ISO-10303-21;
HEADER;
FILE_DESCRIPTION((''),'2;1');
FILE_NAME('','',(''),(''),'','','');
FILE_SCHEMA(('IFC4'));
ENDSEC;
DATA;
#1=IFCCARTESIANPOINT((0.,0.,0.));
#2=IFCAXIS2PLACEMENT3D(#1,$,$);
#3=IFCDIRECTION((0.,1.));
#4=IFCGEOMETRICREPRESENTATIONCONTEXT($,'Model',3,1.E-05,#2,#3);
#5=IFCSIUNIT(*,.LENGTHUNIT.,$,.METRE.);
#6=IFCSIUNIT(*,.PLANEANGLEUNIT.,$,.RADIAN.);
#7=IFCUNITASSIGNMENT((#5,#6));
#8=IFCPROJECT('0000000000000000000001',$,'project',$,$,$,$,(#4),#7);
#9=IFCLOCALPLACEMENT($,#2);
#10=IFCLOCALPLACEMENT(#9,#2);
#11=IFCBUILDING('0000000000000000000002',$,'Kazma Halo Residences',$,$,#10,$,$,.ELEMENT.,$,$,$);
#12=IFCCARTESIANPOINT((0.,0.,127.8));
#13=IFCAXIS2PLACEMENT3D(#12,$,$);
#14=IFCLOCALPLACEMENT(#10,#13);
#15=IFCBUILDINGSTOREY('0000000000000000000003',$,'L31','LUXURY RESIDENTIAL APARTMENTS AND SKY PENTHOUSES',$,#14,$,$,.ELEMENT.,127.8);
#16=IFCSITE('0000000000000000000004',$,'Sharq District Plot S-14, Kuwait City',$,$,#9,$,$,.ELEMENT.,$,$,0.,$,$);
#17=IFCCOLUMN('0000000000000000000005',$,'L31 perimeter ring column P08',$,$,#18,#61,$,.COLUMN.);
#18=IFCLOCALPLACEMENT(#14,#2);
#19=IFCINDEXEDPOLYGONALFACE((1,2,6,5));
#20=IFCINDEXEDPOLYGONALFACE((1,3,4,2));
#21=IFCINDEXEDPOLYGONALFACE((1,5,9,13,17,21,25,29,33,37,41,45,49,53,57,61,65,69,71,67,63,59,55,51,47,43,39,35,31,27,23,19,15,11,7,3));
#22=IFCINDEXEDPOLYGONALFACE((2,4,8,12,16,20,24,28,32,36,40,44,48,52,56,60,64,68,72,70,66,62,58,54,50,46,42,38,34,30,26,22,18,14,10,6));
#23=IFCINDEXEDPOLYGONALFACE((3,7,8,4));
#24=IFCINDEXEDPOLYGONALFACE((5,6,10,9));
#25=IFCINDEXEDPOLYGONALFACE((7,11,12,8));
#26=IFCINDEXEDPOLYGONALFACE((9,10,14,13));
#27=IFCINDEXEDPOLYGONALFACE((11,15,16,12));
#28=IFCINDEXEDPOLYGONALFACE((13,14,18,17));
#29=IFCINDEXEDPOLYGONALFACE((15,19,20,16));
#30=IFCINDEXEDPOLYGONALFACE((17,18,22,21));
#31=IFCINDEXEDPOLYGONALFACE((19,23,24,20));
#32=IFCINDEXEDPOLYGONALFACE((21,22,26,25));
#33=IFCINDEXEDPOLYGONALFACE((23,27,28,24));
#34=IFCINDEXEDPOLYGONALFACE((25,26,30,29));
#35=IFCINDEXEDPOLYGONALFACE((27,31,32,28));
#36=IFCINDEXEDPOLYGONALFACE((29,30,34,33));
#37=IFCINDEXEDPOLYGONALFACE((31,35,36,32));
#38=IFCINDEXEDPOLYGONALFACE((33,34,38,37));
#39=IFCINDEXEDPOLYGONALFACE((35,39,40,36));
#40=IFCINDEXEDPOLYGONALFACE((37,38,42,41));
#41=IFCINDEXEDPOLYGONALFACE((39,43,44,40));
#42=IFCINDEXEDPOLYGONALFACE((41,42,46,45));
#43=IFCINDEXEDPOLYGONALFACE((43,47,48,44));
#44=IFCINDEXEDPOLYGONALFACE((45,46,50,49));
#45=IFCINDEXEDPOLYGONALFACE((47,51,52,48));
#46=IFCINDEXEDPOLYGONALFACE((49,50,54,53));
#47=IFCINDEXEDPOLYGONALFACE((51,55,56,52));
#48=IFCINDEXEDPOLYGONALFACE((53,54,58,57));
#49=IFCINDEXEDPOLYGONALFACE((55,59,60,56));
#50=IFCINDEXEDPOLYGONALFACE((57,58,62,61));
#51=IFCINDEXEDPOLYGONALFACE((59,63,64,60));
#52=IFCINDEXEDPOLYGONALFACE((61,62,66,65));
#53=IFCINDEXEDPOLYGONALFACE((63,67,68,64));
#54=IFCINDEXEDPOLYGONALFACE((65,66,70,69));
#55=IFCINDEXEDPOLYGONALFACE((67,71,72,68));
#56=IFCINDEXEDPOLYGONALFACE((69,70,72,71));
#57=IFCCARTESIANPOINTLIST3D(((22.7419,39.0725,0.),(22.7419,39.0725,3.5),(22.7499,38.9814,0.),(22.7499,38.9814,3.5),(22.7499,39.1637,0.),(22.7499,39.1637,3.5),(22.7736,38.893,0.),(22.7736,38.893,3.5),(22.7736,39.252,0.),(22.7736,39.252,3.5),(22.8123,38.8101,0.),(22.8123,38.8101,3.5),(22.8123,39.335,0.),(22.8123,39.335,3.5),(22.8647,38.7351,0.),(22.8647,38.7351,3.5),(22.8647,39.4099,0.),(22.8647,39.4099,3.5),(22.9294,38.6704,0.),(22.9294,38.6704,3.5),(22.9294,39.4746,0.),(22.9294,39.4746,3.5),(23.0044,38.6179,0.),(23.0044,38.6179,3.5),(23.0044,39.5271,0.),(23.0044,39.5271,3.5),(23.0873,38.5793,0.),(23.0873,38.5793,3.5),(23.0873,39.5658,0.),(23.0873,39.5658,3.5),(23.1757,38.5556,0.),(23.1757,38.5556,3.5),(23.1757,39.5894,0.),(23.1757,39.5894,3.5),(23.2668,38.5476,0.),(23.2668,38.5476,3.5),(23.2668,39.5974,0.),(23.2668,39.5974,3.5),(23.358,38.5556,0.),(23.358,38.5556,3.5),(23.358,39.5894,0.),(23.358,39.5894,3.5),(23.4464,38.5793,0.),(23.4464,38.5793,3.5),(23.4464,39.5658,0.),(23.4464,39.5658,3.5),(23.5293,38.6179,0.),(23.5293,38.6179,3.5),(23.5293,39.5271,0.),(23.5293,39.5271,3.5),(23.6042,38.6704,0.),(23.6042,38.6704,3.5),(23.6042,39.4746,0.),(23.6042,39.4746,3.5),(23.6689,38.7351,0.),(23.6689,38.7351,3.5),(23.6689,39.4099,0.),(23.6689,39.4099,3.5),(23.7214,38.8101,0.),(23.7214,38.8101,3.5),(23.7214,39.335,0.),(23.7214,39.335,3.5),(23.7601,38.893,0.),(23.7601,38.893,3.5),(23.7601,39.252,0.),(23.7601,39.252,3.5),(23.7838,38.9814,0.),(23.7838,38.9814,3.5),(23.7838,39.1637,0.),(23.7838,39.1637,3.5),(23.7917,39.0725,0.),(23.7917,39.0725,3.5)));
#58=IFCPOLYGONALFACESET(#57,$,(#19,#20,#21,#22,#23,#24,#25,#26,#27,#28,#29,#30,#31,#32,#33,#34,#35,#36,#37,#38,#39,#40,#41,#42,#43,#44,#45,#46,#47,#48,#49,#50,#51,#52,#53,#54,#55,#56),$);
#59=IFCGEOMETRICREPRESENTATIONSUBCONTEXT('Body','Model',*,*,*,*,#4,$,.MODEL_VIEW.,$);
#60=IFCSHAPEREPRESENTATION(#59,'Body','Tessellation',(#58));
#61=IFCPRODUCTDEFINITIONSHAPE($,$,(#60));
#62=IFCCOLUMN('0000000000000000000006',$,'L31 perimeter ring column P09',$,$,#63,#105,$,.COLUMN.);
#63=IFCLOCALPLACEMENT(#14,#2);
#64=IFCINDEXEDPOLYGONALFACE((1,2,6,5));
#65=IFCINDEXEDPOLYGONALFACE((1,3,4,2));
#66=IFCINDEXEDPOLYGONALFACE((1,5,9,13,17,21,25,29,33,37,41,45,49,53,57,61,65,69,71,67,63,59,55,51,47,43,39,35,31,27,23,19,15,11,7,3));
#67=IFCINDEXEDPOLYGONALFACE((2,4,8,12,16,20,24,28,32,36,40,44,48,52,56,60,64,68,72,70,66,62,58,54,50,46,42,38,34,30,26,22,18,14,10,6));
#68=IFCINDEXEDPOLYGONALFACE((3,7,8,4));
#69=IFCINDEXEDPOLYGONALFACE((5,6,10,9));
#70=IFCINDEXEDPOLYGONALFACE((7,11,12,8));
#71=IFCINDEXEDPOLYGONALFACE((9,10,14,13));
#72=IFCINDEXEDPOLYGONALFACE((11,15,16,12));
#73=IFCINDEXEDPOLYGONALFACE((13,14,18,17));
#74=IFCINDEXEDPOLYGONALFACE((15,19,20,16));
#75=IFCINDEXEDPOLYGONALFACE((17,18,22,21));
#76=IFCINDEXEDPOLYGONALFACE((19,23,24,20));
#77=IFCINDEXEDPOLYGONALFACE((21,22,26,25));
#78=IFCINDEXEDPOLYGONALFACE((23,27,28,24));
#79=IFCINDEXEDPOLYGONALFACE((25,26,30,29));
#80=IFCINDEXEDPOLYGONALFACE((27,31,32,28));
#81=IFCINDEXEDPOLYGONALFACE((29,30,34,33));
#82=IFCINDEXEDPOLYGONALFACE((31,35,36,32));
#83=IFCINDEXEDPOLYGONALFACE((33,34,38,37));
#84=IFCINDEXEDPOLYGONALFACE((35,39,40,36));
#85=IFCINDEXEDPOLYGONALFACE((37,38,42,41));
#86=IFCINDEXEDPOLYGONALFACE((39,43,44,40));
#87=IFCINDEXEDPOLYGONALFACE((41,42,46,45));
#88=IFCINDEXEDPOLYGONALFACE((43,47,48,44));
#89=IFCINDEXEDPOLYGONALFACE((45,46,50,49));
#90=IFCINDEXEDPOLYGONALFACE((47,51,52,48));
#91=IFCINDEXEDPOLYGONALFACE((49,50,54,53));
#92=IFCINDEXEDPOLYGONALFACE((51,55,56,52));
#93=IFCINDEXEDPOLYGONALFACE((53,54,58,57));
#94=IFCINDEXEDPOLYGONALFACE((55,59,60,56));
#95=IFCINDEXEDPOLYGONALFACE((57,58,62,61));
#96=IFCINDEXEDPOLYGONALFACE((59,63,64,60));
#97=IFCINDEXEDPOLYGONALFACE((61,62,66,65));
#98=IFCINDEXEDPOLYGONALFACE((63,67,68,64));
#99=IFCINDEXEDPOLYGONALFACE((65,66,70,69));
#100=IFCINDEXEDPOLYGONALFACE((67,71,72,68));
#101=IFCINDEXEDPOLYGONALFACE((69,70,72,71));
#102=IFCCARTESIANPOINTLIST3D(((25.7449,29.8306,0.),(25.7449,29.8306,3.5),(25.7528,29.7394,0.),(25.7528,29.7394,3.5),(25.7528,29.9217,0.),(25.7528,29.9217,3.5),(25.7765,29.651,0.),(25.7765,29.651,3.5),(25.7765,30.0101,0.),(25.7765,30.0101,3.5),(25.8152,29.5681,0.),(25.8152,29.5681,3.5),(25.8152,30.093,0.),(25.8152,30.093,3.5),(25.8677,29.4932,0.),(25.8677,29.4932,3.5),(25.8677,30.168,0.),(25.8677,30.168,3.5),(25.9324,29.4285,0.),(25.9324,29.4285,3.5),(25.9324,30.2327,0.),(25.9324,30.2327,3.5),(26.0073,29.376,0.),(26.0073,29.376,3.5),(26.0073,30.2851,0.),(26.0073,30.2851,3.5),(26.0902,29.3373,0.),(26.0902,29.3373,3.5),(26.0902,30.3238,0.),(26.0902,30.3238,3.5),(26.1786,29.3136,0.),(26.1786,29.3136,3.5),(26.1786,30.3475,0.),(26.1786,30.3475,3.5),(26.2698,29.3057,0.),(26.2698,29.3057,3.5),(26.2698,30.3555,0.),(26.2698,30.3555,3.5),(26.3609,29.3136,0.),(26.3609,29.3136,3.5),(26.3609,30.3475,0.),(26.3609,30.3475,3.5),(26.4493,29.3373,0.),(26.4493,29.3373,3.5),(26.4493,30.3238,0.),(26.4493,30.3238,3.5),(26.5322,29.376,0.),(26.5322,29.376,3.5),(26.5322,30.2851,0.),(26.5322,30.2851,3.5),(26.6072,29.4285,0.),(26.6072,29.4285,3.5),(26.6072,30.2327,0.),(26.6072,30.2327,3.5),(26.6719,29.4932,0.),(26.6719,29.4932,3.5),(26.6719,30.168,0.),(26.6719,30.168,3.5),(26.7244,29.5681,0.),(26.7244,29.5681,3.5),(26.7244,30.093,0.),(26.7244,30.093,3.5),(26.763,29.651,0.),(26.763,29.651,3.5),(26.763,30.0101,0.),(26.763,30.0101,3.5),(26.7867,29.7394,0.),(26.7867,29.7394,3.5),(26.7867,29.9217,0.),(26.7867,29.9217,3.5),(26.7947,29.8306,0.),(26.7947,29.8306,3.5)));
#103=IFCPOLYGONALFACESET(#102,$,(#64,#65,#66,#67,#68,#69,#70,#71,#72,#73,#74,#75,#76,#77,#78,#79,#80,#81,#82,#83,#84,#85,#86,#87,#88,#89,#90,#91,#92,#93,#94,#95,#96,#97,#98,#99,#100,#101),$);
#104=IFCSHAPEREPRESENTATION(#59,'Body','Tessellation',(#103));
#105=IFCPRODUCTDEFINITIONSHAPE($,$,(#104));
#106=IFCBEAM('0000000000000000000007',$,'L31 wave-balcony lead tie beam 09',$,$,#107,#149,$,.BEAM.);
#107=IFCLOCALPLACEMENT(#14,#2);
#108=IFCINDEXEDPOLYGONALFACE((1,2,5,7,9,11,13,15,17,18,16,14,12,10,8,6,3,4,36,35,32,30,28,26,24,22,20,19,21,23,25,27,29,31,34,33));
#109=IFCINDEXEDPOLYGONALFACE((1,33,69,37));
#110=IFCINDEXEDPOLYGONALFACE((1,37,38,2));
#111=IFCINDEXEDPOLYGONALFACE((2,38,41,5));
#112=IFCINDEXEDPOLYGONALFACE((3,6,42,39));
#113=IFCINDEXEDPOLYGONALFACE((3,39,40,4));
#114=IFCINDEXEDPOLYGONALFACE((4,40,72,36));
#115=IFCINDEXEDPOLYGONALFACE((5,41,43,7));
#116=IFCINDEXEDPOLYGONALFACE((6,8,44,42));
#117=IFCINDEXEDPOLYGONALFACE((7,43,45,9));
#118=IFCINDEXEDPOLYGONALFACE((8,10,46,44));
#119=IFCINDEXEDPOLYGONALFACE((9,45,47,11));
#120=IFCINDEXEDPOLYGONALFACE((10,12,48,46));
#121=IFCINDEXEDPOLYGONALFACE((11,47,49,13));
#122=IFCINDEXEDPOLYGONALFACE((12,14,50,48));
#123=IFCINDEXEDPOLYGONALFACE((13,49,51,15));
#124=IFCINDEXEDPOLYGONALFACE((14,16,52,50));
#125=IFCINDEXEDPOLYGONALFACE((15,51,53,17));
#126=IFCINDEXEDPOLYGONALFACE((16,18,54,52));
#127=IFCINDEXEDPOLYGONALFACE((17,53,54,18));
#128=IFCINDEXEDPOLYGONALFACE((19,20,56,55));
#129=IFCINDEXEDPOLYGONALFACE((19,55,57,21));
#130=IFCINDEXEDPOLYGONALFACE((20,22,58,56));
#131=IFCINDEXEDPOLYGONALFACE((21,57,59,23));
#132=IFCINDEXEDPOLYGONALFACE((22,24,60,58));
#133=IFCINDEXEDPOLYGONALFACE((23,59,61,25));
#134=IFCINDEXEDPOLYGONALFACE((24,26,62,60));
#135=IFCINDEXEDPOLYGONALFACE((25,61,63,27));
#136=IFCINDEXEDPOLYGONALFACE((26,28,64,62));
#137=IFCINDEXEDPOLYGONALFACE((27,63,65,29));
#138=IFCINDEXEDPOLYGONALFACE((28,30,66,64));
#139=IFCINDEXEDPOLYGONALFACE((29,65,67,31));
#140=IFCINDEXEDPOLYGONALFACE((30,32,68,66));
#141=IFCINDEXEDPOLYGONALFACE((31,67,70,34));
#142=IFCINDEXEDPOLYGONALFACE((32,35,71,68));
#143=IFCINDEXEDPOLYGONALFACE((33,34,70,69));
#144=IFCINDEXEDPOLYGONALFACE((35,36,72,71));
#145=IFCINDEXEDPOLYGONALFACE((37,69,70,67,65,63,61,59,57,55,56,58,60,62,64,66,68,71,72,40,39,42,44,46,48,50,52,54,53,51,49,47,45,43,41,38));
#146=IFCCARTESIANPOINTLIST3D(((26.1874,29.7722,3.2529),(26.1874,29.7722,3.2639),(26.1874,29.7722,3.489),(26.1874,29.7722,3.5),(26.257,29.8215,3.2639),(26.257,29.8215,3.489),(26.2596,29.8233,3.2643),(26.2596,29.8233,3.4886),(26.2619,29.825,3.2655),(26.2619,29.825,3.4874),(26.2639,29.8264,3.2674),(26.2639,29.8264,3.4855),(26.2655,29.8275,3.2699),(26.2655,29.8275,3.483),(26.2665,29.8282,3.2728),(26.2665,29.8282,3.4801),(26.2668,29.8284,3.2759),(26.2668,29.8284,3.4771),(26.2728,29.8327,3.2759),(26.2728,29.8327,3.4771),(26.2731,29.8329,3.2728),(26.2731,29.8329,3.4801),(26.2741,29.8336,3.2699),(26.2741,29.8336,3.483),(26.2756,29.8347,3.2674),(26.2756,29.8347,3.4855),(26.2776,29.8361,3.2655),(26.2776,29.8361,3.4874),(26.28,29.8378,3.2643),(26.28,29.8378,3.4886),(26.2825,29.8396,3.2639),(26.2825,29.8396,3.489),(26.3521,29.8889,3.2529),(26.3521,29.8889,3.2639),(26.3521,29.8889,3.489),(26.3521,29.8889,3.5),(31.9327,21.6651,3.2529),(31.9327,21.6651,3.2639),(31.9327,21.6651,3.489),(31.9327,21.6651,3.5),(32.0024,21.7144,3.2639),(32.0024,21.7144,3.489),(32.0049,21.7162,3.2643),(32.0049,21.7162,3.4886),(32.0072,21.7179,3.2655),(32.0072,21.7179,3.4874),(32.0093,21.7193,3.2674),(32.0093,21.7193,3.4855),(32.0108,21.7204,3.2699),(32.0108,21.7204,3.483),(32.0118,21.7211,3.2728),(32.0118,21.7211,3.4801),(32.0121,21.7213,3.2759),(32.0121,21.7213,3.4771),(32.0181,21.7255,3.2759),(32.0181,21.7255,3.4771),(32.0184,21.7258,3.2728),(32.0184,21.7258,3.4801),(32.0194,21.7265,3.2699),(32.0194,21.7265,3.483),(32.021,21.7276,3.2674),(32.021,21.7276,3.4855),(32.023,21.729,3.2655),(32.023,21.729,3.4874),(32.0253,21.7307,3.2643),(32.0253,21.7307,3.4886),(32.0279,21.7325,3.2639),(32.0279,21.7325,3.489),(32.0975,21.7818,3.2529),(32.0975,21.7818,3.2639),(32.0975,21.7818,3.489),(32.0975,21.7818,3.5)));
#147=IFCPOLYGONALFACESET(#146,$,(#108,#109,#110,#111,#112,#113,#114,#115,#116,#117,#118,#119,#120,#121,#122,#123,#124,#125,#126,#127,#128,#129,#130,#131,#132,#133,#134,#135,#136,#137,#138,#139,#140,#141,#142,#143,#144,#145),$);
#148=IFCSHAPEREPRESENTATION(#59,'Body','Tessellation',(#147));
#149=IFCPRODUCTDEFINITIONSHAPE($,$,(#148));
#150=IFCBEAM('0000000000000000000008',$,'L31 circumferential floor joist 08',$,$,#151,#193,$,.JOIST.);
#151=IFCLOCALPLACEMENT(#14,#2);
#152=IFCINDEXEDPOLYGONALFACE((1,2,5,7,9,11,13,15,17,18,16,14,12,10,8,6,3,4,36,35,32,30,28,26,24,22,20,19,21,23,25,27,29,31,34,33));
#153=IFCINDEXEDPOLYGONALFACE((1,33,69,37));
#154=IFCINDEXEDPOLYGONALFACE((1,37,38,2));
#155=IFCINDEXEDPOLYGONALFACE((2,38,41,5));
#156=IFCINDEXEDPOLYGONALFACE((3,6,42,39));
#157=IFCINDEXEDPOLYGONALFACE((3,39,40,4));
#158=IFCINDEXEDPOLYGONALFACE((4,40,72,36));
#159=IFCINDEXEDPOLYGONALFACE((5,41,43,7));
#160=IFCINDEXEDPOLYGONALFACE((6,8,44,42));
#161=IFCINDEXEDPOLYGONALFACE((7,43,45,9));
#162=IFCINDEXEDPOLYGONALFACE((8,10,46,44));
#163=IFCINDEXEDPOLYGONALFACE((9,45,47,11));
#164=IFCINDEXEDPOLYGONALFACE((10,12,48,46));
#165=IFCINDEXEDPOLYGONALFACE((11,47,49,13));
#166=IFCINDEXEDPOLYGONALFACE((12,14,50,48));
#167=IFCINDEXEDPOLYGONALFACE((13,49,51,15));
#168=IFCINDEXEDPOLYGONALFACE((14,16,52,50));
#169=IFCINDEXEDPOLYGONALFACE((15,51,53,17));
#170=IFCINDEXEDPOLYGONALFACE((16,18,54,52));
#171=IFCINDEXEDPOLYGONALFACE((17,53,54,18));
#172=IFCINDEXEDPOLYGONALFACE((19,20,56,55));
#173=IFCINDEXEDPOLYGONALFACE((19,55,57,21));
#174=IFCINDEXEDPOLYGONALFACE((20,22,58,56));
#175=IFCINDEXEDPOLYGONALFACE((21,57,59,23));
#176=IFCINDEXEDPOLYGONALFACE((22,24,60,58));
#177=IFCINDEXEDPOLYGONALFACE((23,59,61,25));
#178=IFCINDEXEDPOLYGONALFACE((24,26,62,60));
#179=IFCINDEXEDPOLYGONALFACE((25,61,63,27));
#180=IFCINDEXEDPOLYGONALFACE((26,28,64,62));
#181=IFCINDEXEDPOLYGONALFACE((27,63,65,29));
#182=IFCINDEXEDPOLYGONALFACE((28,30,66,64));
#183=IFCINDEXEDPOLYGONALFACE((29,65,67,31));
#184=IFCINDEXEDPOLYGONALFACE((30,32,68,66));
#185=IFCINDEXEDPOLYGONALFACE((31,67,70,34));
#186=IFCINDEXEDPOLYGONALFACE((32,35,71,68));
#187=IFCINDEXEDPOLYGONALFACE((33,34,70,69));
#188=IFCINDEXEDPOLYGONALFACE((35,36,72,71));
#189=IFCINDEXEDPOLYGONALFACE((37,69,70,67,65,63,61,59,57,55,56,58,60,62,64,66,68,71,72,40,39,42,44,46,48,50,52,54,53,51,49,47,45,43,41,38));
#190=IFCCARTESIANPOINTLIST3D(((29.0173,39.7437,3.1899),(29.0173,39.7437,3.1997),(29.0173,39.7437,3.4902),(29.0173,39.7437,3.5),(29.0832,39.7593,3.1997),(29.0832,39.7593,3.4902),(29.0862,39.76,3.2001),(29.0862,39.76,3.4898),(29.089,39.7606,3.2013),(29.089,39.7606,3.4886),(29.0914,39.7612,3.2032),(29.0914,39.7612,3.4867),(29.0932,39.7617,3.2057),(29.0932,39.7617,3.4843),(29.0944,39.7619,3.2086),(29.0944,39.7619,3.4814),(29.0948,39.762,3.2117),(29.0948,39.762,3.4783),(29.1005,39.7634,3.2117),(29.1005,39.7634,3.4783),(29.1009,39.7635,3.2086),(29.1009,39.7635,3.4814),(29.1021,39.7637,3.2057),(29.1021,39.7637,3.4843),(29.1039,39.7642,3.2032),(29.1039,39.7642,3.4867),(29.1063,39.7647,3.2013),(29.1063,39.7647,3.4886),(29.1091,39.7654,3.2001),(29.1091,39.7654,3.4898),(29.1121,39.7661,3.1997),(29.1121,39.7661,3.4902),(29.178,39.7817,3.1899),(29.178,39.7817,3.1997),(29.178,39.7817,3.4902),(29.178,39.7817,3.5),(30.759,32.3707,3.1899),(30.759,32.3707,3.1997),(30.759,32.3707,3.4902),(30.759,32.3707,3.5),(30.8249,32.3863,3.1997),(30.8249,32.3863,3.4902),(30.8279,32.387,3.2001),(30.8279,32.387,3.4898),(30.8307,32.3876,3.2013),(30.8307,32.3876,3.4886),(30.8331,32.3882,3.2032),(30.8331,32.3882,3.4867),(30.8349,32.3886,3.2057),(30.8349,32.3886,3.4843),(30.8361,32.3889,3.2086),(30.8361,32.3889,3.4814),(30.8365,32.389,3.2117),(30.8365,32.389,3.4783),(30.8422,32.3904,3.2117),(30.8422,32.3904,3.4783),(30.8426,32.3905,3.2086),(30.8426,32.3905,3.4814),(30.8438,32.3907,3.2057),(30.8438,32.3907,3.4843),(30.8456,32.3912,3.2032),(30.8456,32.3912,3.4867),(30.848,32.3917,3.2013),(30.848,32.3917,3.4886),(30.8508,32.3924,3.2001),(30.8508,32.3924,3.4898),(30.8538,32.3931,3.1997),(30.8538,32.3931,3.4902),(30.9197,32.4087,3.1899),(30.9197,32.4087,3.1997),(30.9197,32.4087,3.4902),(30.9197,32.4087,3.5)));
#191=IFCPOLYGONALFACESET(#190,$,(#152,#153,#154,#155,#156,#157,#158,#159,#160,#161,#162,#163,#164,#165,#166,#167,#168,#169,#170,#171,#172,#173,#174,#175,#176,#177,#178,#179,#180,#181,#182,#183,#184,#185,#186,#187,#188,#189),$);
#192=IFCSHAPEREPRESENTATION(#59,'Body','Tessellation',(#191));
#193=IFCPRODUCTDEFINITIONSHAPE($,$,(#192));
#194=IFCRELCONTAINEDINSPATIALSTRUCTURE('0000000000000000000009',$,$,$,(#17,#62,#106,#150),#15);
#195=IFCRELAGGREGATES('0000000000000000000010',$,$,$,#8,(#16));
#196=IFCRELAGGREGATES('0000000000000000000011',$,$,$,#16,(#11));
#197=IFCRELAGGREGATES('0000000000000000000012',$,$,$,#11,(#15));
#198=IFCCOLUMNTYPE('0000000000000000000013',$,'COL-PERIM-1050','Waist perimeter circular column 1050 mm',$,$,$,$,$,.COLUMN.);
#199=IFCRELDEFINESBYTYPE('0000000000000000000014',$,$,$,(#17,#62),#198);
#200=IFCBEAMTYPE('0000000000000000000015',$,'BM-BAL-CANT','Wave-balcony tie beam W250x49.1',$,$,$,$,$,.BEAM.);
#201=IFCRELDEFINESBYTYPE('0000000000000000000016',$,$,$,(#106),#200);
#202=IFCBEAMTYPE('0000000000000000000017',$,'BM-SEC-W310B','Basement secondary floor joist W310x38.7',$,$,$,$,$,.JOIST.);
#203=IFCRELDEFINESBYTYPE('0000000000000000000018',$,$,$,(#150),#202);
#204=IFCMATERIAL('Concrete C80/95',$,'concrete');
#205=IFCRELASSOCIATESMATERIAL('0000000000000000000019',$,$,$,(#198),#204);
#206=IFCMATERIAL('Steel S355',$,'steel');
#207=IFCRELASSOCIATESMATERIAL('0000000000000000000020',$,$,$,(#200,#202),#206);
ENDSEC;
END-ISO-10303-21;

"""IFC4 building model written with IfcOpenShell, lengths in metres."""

from ifc_helpers import new_model, si_unit, direction, frame, origin, origin_2d, place, context, subcontext, project, spatial, circle, i_section, extrude, material, material_profile, profile_set, type_object, element, save


model = new_model("IFC4")

# Units and contexts
model_context = context("Model", 3, precision=1e-05, world=origin(), true_north=direction((0.0, 1.0)))
body_context = subcontext(model_context, "Body", "Model", "MODEL_VIEW")
ifc_project = project(units=[si_unit("LENGTHUNIT", "METRE"), si_unit("PLANEANGLEUNIT", "RADIAN")], contexts=[model_context])

# Site, building, storey
site_placement = place(None, origin())
site = spatial("IfcSite", under=ifc_project, at=site_placement, Name="Sharq District Plot S-14, Kuwait City", CompositionType="ELEMENT", RefElevation=0.0)
building_placement = place(site_placement, origin())
building = spatial("IfcBuilding", under=site, at=building_placement, Name="Kazma Halo Residences", CompositionType="ELEMENT")
storey_placement = place(building_placement, frame((0.0, 0.0, 127.8)))
storey = spatial("IfcBuildingStorey", under=building, at=storey_placement, Name="L31", Description="LUXURY RESIDENTIAL APARTMENTS AND SKY PENTHOUSES", CompositionType="ELEMENT", Elevation=127.8)

# Columns
ifc_material_1 = material(Name="Concrete C80/95", Category="concrete")
ifc_material_profile_1 = material_profile(ifc_material_1, circle(Radius=0.5249, at=origin_2d()), Name="CIRC1050")
ifc_profile_set_1 = profile_set([ifc_material_profile_1], Name="Concrete C80/95")
column_type = type_object("IfcColumnType", Name="COL-PERIM-1050", Description="Waist perimeter circular column 1050 mm", PredefinedType="COLUMN", material=ifc_profile_set_1)
for number, where, z_axis, x_axis, name in (
    (1, (23.2668, 39.0725, 0.0), (0.0, 0.0, 1.0), (1.0, 0.0, 0.0), "L31 perimeter ring column P08"),
    (2, (26.2698, 29.8306, 0.0), (0.0, 0.0, 1.0), (1.0, 0.0, 0.0), "L31 perimeter ring column P09"),
):
    element("IfcColumn", number, at=place(storey_placement, frame(where, z_axis=z_axis, x_axis=x_axis)), inside=storey, type_object=column_type, Name=name, PredefinedType="COLUMN", context=body_context, shape_type="SweptSolid", body=[
        extrude(circle(Radius=0.5249, at=origin_2d()), origin(), (0.0, 0.0, 1.0), 3.5),
    ])

# Beams
ifc_material_2 = material(Name="Steel S355", Category="steel")
ifc_material_profile_2 = material_profile(ifc_material_2, i_section(OverallWidth=0.2019, OverallDepth=0.2471, WebThickness=0.0073, FlangeThickness=0.011, FilletRadius=0.012, at=origin_2d()), Name="W250x49.1")
ifc_profile_set_2 = profile_set([ifc_material_profile_2], Name="Steel S355")
beam_type_1 = type_object("IfcBeamType", Name="BM-BAL-CANT", Description="Wave-balcony tie beam W250x49.1", PredefinedType="BEAM", material=ifc_profile_set_2)
beam_1_placement = place(storey_placement, frame((26.2698, 29.8306, 3.3765), z_axis=(0.578203, -0.815893, 0.0), x_axis=(0.815893, 0.578203, 0.0)))
element("IfcBeam", 3, at=beam_1_placement, inside=storey, type_object=beam_type_1, Name="L31 wave-balcony lead tie beam 09", PredefinedType="BEAM", context=body_context, shape_type="SweptSolid", body=[
    extrude(i_section(OverallWidth=0.2019, OverallDepth=0.2471, WebThickness=0.0073, FlangeThickness=0.011, FilletRadius=0.012, at=origin_2d()), origin(), (0.0, 0.0, 1.0), 9.9365),
])
ifc_material_profile_3 = material_profile(ifc_material_2, i_section(OverallWidth=0.165, OverallDepth=0.3101, WebThickness=0.0059, FlangeThickness=0.0098, FilletRadius=0.012, at=origin_2d()), Name="W310x38.7")
ifc_profile_set_3 = profile_set([ifc_material_profile_3], Name="Steel S355")
beam_type_2 = type_object("IfcBeamType", Name="BM-SEC-W310B", Description="Basement secondary floor joist W310x38.7", PredefinedType="JOIST", material=ifc_profile_set_3)
beam_2_placement = place(storey_placement, frame((29.0977, 39.7627, 3.345), z_axis=(0.229898, -0.973215, 0.0), x_axis=(0.973215, 0.229898, 0.0)))
element("IfcBeam", 4, at=beam_2_placement, inside=storey, type_object=beam_type_2, Name="L31 circumferential floor joist 08", PredefinedType="JOIST", context=body_context, shape_type="SweptSolid", body=[
    extrude(i_section(OverallWidth=0.165, OverallDepth=0.3101, WebThickness=0.0059, FlangeThickness=0.0098, FilletRadius=0.012, at=origin_2d()), origin(), (0.0, 0.0, 1.0), 7.5759),
])

save(model, "model.ifc")
